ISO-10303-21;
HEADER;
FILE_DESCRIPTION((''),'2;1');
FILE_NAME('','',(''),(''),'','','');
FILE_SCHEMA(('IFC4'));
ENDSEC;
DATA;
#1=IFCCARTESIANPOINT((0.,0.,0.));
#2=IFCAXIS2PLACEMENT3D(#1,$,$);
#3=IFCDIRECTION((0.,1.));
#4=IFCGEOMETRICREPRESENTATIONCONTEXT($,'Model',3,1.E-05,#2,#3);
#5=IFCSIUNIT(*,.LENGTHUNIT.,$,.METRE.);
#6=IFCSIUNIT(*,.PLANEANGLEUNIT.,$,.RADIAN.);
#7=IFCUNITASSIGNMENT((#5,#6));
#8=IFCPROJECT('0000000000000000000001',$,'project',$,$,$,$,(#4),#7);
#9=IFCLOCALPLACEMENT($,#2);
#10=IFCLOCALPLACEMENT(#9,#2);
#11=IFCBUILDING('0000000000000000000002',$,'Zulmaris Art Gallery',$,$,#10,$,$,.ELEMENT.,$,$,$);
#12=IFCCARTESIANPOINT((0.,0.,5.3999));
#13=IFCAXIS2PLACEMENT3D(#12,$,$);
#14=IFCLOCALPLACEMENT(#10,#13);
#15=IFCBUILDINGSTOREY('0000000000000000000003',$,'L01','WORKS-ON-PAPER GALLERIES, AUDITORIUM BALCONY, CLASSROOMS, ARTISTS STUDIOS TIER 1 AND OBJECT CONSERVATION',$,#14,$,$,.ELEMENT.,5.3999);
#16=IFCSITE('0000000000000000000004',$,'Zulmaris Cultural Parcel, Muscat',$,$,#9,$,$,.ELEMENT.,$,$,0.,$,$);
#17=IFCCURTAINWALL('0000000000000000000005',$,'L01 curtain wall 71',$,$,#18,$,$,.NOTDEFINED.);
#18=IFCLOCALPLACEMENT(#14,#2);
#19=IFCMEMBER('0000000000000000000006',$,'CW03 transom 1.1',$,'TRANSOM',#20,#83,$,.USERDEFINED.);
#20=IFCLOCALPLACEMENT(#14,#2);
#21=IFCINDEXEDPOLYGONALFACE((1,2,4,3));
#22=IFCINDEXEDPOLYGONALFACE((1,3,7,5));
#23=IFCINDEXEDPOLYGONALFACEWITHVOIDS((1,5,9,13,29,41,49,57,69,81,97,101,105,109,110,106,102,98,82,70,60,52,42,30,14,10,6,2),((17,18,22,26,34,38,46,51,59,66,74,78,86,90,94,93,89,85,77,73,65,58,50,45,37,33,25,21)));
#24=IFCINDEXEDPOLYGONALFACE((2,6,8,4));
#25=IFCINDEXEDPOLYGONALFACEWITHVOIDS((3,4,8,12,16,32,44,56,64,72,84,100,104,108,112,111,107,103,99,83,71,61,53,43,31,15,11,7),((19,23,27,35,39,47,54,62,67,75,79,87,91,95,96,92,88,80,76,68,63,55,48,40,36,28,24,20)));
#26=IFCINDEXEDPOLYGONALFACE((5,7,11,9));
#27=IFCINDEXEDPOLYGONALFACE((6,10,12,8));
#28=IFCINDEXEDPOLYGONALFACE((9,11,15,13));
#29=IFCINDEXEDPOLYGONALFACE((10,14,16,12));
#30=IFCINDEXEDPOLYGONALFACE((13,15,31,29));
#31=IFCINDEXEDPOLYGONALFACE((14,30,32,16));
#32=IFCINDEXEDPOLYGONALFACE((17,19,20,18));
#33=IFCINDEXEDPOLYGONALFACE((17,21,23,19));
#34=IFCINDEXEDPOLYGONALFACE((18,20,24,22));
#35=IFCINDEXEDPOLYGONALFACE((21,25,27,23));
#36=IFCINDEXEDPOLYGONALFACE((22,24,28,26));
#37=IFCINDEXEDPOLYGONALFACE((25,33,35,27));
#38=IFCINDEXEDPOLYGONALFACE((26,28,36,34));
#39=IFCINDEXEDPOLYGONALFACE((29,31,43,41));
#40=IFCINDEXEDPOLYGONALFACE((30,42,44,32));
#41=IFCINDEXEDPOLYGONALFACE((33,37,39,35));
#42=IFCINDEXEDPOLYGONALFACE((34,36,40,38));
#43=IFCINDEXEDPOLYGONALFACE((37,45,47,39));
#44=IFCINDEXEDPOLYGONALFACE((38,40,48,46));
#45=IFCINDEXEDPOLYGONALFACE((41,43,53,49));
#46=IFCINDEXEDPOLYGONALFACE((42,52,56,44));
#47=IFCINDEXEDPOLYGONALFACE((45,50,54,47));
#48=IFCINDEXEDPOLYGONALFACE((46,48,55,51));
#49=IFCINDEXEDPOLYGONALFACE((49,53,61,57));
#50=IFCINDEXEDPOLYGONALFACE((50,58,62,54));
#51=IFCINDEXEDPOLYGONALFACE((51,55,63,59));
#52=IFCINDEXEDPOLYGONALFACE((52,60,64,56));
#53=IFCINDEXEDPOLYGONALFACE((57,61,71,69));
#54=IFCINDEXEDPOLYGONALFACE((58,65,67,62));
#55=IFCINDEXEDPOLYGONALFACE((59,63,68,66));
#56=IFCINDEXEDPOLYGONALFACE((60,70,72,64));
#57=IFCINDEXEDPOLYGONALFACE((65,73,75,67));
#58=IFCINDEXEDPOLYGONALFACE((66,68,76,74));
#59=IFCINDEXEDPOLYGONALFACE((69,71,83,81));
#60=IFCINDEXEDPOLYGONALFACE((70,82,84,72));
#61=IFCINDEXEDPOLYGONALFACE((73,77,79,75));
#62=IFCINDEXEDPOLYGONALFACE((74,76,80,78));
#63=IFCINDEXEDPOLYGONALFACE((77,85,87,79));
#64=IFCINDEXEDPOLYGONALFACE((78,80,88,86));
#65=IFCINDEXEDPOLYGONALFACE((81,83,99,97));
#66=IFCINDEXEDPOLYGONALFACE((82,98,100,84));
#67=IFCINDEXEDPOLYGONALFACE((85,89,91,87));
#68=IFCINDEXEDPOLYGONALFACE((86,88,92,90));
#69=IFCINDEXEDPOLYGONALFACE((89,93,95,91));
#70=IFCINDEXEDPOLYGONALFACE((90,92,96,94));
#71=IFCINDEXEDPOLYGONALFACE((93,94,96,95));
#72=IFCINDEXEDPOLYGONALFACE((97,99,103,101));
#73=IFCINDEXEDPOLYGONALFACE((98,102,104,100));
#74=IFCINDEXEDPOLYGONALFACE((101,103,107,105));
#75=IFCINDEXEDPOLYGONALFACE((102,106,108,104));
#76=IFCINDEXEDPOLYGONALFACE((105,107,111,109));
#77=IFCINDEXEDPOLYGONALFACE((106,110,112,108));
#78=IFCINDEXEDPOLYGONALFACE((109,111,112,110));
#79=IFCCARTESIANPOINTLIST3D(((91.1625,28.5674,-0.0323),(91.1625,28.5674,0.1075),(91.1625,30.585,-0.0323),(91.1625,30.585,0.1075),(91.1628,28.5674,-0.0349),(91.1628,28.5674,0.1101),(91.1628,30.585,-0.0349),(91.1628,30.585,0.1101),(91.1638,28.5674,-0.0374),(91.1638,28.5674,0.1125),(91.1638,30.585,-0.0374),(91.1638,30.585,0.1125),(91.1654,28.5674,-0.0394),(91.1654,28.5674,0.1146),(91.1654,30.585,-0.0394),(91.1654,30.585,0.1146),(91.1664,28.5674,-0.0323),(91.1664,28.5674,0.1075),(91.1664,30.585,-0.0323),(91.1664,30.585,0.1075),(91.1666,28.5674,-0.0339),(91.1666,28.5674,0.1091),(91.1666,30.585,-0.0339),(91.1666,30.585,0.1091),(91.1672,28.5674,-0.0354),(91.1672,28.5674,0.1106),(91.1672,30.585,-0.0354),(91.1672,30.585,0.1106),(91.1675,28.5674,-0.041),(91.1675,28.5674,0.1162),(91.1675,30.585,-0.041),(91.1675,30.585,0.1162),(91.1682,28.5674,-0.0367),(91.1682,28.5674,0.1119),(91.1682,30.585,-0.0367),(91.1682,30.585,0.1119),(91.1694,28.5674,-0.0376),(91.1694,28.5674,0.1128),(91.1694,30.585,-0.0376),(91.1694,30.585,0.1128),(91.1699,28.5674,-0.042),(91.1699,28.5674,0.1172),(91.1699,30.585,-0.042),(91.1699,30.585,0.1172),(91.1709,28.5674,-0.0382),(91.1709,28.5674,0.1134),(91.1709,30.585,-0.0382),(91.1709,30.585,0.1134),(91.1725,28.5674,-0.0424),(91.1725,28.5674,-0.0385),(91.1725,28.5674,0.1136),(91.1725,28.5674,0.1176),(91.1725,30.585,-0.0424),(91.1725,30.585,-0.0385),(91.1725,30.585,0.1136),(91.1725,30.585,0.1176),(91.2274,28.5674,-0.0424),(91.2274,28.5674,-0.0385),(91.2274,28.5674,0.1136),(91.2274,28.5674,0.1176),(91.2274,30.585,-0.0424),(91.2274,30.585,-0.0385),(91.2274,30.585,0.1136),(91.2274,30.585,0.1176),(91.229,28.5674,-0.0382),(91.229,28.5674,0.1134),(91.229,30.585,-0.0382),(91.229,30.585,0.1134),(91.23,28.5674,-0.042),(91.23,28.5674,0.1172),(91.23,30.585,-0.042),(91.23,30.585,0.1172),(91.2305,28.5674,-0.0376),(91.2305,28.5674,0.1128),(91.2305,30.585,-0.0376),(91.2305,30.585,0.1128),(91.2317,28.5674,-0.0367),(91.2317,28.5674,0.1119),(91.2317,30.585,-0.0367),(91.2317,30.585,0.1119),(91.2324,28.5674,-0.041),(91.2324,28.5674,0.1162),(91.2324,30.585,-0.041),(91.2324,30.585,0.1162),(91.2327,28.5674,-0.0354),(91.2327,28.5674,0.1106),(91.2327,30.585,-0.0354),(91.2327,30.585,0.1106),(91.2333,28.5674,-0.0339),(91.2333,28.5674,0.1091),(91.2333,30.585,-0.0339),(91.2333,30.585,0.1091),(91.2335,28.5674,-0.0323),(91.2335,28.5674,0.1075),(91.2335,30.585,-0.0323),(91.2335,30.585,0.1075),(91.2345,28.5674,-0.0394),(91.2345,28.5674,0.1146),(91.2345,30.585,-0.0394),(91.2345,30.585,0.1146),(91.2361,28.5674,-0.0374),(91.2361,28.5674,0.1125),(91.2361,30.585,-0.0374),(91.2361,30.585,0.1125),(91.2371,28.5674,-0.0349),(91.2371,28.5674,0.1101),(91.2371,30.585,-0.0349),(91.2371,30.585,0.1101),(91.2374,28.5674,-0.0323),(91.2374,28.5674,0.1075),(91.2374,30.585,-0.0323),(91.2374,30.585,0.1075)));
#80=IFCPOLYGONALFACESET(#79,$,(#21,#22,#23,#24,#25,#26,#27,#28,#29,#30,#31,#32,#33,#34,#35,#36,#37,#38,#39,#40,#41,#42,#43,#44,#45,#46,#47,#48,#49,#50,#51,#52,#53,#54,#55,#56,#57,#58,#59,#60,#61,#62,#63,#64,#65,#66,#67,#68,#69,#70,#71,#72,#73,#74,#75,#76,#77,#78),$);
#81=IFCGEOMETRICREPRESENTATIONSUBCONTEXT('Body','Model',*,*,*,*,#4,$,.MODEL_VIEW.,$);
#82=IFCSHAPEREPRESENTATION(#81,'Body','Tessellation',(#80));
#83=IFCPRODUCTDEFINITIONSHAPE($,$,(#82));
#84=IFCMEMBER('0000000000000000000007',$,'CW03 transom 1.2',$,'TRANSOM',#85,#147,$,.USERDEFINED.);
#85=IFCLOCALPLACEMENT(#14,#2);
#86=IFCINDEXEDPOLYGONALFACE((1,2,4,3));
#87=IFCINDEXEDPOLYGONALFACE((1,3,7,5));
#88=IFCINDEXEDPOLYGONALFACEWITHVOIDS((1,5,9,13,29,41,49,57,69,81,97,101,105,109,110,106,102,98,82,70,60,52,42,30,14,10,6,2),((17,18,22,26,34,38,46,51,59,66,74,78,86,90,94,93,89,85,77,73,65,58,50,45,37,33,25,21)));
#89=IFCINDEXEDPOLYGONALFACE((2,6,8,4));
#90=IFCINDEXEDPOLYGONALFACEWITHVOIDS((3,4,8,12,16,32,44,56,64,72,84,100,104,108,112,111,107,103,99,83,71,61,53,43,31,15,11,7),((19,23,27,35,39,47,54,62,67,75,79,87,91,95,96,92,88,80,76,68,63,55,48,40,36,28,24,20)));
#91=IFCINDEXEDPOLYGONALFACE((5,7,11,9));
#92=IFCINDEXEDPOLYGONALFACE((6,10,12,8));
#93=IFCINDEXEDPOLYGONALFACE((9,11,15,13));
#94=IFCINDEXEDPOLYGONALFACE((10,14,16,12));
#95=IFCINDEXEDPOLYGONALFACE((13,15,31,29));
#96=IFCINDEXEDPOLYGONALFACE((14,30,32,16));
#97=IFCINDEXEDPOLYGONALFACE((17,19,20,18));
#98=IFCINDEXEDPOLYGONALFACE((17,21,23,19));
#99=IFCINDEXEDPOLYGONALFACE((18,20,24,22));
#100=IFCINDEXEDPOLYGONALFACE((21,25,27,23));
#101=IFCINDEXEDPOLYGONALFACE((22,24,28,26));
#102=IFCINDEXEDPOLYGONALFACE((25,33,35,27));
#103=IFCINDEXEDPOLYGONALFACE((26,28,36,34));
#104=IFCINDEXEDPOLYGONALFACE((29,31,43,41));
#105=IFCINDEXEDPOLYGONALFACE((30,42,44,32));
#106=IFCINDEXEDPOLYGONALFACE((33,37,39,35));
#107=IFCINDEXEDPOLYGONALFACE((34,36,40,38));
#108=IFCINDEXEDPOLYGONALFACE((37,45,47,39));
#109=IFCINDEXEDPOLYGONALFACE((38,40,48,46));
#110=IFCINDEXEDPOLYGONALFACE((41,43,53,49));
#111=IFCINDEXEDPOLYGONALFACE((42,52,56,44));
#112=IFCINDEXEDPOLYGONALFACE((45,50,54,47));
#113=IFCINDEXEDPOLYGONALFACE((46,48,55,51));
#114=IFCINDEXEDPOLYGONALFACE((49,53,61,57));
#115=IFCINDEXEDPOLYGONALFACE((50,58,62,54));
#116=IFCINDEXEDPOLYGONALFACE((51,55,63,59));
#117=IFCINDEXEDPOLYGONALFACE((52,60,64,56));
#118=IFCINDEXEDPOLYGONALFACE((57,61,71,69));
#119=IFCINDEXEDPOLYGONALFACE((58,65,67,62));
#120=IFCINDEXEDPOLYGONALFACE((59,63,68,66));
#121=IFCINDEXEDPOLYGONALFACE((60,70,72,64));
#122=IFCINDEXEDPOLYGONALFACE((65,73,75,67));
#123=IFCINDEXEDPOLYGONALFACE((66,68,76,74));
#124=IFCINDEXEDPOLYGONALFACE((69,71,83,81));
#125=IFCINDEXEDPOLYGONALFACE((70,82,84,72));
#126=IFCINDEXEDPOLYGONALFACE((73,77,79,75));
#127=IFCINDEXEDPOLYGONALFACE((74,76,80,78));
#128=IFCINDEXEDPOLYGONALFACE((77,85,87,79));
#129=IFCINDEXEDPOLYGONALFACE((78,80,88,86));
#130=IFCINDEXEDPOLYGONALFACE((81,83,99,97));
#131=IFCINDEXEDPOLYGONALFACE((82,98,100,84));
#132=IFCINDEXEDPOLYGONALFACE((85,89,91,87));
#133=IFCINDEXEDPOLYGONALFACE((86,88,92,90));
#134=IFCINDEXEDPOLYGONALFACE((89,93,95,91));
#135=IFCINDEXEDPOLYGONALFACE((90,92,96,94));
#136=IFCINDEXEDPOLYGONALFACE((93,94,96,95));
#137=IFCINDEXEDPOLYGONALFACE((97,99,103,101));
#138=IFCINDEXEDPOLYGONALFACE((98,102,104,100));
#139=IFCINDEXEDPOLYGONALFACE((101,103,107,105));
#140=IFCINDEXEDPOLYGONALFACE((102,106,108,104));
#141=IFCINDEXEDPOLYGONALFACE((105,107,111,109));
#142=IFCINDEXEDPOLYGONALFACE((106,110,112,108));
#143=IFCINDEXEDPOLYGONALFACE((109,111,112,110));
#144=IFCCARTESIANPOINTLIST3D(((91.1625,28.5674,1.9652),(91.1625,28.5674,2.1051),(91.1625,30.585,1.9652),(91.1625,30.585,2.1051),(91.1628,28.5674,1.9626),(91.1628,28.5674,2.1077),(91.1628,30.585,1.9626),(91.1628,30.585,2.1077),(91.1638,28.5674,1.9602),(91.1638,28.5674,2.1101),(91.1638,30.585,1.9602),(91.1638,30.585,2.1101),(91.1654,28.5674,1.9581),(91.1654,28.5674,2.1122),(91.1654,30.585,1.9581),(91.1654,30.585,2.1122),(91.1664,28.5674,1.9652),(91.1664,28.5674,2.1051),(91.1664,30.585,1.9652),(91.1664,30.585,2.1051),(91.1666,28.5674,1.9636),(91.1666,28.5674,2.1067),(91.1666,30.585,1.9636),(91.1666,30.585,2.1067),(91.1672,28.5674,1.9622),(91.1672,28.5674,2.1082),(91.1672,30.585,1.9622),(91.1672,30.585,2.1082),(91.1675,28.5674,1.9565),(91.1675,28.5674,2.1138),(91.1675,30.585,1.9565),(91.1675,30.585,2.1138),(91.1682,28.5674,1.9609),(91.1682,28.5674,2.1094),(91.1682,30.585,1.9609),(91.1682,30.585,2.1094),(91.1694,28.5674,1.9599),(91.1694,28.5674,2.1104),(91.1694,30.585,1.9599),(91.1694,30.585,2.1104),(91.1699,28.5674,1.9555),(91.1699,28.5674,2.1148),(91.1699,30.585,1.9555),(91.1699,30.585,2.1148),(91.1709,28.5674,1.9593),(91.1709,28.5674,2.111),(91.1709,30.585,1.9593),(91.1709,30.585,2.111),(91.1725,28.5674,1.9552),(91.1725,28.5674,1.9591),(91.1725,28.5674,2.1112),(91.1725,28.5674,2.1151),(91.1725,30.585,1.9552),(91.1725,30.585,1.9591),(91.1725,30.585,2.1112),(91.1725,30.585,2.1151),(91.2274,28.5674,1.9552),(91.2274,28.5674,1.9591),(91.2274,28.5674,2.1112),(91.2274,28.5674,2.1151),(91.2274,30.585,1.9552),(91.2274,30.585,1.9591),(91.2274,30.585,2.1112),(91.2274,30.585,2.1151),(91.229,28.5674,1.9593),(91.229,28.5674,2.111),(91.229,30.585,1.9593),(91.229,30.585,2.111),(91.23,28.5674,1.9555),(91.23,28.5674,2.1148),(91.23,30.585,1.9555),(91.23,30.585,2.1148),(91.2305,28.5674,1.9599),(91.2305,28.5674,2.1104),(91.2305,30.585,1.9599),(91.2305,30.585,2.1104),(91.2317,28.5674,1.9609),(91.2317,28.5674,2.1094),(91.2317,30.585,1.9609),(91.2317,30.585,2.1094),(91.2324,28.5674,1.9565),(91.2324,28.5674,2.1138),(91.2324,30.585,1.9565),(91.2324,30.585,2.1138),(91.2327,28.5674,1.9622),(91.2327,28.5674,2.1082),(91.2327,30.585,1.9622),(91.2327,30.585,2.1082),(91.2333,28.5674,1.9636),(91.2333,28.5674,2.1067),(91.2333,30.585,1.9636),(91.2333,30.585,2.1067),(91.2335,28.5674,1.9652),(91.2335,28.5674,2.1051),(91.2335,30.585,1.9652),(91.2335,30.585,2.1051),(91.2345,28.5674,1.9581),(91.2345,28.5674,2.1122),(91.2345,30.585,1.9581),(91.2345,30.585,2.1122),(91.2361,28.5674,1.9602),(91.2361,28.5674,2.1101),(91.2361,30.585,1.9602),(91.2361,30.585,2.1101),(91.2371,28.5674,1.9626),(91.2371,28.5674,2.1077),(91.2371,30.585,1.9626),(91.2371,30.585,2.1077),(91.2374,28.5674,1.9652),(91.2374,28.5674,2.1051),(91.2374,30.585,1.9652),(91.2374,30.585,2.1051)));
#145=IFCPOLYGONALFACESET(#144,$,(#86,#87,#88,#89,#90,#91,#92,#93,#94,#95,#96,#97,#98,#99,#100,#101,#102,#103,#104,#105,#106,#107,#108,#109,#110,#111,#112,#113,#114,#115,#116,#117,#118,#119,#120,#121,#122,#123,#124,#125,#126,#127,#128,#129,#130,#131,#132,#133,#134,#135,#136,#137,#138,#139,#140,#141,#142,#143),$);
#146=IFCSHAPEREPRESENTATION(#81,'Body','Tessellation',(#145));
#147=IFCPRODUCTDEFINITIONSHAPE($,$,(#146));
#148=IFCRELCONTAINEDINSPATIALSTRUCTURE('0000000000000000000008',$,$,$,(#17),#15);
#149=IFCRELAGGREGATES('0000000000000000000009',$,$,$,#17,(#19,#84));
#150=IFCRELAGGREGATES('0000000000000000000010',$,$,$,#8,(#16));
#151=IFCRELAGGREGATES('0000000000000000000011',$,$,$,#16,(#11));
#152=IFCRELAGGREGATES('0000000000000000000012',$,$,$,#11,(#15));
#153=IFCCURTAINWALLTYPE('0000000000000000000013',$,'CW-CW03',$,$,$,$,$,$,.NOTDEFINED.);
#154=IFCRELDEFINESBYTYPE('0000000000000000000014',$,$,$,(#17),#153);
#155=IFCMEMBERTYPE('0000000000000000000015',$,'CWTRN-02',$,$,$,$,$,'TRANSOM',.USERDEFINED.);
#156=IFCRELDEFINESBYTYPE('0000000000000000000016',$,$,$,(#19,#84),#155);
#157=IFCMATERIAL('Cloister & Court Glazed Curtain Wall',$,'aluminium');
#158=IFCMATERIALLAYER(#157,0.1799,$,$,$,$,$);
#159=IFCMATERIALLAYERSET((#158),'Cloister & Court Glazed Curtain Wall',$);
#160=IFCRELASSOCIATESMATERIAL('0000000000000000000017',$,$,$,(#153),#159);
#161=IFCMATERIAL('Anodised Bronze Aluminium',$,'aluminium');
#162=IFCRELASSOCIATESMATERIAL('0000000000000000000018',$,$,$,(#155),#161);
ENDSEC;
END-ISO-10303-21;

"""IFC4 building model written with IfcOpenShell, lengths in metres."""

from ifc_helpers import new_model, si_unit, direction, frame, origin, origin_2d, place, context, subcontext, project, spatial, hollow_rectangle, extrude, material, layer, layer_set, material_profile, profile_set, type_object, element, aggregate, save


model = new_model("IFC4")

# Units and contexts
model_context = context("Model", 3, precision=1e-05, world=origin(), true_north=direction((0.0, 1.0)))
body_context = subcontext(model_context, "Body", "Model", "MODEL_VIEW")
ifc_project = project(units=[si_unit("LENGTHUNIT", "METRE"), si_unit("PLANEANGLEUNIT", "RADIAN")], contexts=[model_context])

# Site, building, storey
site_placement = place(None, origin())
site = spatial("IfcSite", under=ifc_project, at=site_placement, Name="Zulmaris Cultural Parcel, Muscat", CompositionType="ELEMENT", RefElevation=0.0)
building_placement = place(site_placement, origin())
building = spatial("IfcBuilding", under=site, at=building_placement, Name="Zulmaris Art Gallery", CompositionType="ELEMENT")
storey_placement = place(building_placement, frame((0.0, 0.0, 5.3999)))
storey = spatial("IfcBuildingStorey", under=building, at=storey_placement, Name="L01", Description="WORKS-ON-PAPER GALLERIES, AUDITORIUM BALCONY, CLASSROOMS, ARTISTS STUDIOS TIER 1 AND OBJECT CONSERVATION", CompositionType="ELEMENT", Elevation=5.3999)

# Curtain wall
ifc_material_1 = material(Name="Cloister & Court Glazed Curtain Wall", Category="aluminium")
ifc_layer_1 = layer(ifc_material_1, 0.1799)
ifc_layer_set_1 = layer_set([ifc_layer_1], Name="Cloister & Court Glazed Curtain Wall")
curtain_wall_type = type_object("IfcCurtainWallType", Name="CW-CW03", PredefinedType="NOTDEFINED", material=ifc_layer_set_1)
curtain_wall_1_placement = place(storey_placement, origin())
curtain_wall_1 = element("IfcCurtainWall", 1, at=curtain_wall_1_placement, inside=storey, type_object=curtain_wall_type, Name="L01 curtain wall 71", PredefinedType="NOTDEFINED")
ifc_material_2 = material(Name="Anodised Bronze Aluminium", Category="aluminium")

# Members
ifc_material_profile_1 = material_profile(ifc_material_2, hollow_rectangle(XDim=0.075, YDim=0.1599, WallThickness=0.0039, InnerFilletRadius=0.0061, OuterFilletRadius=0.01, at=origin_2d()), Name="ALU 75x160x4")
ifc_profile_set_1 = profile_set([ifc_material_profile_1], Name="Anodised Bronze Aluminium")
member_type_1 = type_object("IfcMemberType", Name="CWTRN-02", ElementType="TRANSOM", PredefinedType="USERDEFINED", material=ifc_profile_set_1)
member_1_placement = place(storey_placement, frame((91.2, 30.585, 0.0376), z_axis=(0.0, -1.0, 0.0), x_axis=(1.0, 0.0, 0.0)))
member_1 = element("IfcMember", 2, at=member_1_placement, type_object=member_type_1, Name="CW03 transom 1.1", ObjectType="TRANSOM", PredefinedType="USERDEFINED", context=body_context, shape_type="SweptSolid", body=[
    extrude(hollow_rectangle(XDim=0.075, YDim=0.1599, WallThickness=0.0039, InnerFilletRadius=0.0061, OuterFilletRadius=0.01, at=origin_2d()), origin(), (0.0, 0.0, 1.0), 2.0176),
])
member_2_placement = place(storey_placement, frame((91.2, 30.585, 2.0352), z_axis=(0.0, -1.0, 0.0), x_axis=(1.0, 0.0, 0.0)))
member_2 = element("IfcMember", 3, at=member_2_placement, type_object=member_type_1, Name="CW03 transom 1.2", ObjectType="TRANSOM", PredefinedType="USERDEFINED", context=body_context, shape_type="SweptSolid", body=[
    extrude(hollow_rectangle(XDim=0.075, YDim=0.1599, WallThickness=0.0039, InnerFilletRadius=0.0061, OuterFilletRadius=0.01, at=origin_2d()), origin(), (0.0, 0.0, 1.0), 2.0176),
])

aggregate(curtain_wall_1, [member_1, member_2])

save(model, "model.ifc")
